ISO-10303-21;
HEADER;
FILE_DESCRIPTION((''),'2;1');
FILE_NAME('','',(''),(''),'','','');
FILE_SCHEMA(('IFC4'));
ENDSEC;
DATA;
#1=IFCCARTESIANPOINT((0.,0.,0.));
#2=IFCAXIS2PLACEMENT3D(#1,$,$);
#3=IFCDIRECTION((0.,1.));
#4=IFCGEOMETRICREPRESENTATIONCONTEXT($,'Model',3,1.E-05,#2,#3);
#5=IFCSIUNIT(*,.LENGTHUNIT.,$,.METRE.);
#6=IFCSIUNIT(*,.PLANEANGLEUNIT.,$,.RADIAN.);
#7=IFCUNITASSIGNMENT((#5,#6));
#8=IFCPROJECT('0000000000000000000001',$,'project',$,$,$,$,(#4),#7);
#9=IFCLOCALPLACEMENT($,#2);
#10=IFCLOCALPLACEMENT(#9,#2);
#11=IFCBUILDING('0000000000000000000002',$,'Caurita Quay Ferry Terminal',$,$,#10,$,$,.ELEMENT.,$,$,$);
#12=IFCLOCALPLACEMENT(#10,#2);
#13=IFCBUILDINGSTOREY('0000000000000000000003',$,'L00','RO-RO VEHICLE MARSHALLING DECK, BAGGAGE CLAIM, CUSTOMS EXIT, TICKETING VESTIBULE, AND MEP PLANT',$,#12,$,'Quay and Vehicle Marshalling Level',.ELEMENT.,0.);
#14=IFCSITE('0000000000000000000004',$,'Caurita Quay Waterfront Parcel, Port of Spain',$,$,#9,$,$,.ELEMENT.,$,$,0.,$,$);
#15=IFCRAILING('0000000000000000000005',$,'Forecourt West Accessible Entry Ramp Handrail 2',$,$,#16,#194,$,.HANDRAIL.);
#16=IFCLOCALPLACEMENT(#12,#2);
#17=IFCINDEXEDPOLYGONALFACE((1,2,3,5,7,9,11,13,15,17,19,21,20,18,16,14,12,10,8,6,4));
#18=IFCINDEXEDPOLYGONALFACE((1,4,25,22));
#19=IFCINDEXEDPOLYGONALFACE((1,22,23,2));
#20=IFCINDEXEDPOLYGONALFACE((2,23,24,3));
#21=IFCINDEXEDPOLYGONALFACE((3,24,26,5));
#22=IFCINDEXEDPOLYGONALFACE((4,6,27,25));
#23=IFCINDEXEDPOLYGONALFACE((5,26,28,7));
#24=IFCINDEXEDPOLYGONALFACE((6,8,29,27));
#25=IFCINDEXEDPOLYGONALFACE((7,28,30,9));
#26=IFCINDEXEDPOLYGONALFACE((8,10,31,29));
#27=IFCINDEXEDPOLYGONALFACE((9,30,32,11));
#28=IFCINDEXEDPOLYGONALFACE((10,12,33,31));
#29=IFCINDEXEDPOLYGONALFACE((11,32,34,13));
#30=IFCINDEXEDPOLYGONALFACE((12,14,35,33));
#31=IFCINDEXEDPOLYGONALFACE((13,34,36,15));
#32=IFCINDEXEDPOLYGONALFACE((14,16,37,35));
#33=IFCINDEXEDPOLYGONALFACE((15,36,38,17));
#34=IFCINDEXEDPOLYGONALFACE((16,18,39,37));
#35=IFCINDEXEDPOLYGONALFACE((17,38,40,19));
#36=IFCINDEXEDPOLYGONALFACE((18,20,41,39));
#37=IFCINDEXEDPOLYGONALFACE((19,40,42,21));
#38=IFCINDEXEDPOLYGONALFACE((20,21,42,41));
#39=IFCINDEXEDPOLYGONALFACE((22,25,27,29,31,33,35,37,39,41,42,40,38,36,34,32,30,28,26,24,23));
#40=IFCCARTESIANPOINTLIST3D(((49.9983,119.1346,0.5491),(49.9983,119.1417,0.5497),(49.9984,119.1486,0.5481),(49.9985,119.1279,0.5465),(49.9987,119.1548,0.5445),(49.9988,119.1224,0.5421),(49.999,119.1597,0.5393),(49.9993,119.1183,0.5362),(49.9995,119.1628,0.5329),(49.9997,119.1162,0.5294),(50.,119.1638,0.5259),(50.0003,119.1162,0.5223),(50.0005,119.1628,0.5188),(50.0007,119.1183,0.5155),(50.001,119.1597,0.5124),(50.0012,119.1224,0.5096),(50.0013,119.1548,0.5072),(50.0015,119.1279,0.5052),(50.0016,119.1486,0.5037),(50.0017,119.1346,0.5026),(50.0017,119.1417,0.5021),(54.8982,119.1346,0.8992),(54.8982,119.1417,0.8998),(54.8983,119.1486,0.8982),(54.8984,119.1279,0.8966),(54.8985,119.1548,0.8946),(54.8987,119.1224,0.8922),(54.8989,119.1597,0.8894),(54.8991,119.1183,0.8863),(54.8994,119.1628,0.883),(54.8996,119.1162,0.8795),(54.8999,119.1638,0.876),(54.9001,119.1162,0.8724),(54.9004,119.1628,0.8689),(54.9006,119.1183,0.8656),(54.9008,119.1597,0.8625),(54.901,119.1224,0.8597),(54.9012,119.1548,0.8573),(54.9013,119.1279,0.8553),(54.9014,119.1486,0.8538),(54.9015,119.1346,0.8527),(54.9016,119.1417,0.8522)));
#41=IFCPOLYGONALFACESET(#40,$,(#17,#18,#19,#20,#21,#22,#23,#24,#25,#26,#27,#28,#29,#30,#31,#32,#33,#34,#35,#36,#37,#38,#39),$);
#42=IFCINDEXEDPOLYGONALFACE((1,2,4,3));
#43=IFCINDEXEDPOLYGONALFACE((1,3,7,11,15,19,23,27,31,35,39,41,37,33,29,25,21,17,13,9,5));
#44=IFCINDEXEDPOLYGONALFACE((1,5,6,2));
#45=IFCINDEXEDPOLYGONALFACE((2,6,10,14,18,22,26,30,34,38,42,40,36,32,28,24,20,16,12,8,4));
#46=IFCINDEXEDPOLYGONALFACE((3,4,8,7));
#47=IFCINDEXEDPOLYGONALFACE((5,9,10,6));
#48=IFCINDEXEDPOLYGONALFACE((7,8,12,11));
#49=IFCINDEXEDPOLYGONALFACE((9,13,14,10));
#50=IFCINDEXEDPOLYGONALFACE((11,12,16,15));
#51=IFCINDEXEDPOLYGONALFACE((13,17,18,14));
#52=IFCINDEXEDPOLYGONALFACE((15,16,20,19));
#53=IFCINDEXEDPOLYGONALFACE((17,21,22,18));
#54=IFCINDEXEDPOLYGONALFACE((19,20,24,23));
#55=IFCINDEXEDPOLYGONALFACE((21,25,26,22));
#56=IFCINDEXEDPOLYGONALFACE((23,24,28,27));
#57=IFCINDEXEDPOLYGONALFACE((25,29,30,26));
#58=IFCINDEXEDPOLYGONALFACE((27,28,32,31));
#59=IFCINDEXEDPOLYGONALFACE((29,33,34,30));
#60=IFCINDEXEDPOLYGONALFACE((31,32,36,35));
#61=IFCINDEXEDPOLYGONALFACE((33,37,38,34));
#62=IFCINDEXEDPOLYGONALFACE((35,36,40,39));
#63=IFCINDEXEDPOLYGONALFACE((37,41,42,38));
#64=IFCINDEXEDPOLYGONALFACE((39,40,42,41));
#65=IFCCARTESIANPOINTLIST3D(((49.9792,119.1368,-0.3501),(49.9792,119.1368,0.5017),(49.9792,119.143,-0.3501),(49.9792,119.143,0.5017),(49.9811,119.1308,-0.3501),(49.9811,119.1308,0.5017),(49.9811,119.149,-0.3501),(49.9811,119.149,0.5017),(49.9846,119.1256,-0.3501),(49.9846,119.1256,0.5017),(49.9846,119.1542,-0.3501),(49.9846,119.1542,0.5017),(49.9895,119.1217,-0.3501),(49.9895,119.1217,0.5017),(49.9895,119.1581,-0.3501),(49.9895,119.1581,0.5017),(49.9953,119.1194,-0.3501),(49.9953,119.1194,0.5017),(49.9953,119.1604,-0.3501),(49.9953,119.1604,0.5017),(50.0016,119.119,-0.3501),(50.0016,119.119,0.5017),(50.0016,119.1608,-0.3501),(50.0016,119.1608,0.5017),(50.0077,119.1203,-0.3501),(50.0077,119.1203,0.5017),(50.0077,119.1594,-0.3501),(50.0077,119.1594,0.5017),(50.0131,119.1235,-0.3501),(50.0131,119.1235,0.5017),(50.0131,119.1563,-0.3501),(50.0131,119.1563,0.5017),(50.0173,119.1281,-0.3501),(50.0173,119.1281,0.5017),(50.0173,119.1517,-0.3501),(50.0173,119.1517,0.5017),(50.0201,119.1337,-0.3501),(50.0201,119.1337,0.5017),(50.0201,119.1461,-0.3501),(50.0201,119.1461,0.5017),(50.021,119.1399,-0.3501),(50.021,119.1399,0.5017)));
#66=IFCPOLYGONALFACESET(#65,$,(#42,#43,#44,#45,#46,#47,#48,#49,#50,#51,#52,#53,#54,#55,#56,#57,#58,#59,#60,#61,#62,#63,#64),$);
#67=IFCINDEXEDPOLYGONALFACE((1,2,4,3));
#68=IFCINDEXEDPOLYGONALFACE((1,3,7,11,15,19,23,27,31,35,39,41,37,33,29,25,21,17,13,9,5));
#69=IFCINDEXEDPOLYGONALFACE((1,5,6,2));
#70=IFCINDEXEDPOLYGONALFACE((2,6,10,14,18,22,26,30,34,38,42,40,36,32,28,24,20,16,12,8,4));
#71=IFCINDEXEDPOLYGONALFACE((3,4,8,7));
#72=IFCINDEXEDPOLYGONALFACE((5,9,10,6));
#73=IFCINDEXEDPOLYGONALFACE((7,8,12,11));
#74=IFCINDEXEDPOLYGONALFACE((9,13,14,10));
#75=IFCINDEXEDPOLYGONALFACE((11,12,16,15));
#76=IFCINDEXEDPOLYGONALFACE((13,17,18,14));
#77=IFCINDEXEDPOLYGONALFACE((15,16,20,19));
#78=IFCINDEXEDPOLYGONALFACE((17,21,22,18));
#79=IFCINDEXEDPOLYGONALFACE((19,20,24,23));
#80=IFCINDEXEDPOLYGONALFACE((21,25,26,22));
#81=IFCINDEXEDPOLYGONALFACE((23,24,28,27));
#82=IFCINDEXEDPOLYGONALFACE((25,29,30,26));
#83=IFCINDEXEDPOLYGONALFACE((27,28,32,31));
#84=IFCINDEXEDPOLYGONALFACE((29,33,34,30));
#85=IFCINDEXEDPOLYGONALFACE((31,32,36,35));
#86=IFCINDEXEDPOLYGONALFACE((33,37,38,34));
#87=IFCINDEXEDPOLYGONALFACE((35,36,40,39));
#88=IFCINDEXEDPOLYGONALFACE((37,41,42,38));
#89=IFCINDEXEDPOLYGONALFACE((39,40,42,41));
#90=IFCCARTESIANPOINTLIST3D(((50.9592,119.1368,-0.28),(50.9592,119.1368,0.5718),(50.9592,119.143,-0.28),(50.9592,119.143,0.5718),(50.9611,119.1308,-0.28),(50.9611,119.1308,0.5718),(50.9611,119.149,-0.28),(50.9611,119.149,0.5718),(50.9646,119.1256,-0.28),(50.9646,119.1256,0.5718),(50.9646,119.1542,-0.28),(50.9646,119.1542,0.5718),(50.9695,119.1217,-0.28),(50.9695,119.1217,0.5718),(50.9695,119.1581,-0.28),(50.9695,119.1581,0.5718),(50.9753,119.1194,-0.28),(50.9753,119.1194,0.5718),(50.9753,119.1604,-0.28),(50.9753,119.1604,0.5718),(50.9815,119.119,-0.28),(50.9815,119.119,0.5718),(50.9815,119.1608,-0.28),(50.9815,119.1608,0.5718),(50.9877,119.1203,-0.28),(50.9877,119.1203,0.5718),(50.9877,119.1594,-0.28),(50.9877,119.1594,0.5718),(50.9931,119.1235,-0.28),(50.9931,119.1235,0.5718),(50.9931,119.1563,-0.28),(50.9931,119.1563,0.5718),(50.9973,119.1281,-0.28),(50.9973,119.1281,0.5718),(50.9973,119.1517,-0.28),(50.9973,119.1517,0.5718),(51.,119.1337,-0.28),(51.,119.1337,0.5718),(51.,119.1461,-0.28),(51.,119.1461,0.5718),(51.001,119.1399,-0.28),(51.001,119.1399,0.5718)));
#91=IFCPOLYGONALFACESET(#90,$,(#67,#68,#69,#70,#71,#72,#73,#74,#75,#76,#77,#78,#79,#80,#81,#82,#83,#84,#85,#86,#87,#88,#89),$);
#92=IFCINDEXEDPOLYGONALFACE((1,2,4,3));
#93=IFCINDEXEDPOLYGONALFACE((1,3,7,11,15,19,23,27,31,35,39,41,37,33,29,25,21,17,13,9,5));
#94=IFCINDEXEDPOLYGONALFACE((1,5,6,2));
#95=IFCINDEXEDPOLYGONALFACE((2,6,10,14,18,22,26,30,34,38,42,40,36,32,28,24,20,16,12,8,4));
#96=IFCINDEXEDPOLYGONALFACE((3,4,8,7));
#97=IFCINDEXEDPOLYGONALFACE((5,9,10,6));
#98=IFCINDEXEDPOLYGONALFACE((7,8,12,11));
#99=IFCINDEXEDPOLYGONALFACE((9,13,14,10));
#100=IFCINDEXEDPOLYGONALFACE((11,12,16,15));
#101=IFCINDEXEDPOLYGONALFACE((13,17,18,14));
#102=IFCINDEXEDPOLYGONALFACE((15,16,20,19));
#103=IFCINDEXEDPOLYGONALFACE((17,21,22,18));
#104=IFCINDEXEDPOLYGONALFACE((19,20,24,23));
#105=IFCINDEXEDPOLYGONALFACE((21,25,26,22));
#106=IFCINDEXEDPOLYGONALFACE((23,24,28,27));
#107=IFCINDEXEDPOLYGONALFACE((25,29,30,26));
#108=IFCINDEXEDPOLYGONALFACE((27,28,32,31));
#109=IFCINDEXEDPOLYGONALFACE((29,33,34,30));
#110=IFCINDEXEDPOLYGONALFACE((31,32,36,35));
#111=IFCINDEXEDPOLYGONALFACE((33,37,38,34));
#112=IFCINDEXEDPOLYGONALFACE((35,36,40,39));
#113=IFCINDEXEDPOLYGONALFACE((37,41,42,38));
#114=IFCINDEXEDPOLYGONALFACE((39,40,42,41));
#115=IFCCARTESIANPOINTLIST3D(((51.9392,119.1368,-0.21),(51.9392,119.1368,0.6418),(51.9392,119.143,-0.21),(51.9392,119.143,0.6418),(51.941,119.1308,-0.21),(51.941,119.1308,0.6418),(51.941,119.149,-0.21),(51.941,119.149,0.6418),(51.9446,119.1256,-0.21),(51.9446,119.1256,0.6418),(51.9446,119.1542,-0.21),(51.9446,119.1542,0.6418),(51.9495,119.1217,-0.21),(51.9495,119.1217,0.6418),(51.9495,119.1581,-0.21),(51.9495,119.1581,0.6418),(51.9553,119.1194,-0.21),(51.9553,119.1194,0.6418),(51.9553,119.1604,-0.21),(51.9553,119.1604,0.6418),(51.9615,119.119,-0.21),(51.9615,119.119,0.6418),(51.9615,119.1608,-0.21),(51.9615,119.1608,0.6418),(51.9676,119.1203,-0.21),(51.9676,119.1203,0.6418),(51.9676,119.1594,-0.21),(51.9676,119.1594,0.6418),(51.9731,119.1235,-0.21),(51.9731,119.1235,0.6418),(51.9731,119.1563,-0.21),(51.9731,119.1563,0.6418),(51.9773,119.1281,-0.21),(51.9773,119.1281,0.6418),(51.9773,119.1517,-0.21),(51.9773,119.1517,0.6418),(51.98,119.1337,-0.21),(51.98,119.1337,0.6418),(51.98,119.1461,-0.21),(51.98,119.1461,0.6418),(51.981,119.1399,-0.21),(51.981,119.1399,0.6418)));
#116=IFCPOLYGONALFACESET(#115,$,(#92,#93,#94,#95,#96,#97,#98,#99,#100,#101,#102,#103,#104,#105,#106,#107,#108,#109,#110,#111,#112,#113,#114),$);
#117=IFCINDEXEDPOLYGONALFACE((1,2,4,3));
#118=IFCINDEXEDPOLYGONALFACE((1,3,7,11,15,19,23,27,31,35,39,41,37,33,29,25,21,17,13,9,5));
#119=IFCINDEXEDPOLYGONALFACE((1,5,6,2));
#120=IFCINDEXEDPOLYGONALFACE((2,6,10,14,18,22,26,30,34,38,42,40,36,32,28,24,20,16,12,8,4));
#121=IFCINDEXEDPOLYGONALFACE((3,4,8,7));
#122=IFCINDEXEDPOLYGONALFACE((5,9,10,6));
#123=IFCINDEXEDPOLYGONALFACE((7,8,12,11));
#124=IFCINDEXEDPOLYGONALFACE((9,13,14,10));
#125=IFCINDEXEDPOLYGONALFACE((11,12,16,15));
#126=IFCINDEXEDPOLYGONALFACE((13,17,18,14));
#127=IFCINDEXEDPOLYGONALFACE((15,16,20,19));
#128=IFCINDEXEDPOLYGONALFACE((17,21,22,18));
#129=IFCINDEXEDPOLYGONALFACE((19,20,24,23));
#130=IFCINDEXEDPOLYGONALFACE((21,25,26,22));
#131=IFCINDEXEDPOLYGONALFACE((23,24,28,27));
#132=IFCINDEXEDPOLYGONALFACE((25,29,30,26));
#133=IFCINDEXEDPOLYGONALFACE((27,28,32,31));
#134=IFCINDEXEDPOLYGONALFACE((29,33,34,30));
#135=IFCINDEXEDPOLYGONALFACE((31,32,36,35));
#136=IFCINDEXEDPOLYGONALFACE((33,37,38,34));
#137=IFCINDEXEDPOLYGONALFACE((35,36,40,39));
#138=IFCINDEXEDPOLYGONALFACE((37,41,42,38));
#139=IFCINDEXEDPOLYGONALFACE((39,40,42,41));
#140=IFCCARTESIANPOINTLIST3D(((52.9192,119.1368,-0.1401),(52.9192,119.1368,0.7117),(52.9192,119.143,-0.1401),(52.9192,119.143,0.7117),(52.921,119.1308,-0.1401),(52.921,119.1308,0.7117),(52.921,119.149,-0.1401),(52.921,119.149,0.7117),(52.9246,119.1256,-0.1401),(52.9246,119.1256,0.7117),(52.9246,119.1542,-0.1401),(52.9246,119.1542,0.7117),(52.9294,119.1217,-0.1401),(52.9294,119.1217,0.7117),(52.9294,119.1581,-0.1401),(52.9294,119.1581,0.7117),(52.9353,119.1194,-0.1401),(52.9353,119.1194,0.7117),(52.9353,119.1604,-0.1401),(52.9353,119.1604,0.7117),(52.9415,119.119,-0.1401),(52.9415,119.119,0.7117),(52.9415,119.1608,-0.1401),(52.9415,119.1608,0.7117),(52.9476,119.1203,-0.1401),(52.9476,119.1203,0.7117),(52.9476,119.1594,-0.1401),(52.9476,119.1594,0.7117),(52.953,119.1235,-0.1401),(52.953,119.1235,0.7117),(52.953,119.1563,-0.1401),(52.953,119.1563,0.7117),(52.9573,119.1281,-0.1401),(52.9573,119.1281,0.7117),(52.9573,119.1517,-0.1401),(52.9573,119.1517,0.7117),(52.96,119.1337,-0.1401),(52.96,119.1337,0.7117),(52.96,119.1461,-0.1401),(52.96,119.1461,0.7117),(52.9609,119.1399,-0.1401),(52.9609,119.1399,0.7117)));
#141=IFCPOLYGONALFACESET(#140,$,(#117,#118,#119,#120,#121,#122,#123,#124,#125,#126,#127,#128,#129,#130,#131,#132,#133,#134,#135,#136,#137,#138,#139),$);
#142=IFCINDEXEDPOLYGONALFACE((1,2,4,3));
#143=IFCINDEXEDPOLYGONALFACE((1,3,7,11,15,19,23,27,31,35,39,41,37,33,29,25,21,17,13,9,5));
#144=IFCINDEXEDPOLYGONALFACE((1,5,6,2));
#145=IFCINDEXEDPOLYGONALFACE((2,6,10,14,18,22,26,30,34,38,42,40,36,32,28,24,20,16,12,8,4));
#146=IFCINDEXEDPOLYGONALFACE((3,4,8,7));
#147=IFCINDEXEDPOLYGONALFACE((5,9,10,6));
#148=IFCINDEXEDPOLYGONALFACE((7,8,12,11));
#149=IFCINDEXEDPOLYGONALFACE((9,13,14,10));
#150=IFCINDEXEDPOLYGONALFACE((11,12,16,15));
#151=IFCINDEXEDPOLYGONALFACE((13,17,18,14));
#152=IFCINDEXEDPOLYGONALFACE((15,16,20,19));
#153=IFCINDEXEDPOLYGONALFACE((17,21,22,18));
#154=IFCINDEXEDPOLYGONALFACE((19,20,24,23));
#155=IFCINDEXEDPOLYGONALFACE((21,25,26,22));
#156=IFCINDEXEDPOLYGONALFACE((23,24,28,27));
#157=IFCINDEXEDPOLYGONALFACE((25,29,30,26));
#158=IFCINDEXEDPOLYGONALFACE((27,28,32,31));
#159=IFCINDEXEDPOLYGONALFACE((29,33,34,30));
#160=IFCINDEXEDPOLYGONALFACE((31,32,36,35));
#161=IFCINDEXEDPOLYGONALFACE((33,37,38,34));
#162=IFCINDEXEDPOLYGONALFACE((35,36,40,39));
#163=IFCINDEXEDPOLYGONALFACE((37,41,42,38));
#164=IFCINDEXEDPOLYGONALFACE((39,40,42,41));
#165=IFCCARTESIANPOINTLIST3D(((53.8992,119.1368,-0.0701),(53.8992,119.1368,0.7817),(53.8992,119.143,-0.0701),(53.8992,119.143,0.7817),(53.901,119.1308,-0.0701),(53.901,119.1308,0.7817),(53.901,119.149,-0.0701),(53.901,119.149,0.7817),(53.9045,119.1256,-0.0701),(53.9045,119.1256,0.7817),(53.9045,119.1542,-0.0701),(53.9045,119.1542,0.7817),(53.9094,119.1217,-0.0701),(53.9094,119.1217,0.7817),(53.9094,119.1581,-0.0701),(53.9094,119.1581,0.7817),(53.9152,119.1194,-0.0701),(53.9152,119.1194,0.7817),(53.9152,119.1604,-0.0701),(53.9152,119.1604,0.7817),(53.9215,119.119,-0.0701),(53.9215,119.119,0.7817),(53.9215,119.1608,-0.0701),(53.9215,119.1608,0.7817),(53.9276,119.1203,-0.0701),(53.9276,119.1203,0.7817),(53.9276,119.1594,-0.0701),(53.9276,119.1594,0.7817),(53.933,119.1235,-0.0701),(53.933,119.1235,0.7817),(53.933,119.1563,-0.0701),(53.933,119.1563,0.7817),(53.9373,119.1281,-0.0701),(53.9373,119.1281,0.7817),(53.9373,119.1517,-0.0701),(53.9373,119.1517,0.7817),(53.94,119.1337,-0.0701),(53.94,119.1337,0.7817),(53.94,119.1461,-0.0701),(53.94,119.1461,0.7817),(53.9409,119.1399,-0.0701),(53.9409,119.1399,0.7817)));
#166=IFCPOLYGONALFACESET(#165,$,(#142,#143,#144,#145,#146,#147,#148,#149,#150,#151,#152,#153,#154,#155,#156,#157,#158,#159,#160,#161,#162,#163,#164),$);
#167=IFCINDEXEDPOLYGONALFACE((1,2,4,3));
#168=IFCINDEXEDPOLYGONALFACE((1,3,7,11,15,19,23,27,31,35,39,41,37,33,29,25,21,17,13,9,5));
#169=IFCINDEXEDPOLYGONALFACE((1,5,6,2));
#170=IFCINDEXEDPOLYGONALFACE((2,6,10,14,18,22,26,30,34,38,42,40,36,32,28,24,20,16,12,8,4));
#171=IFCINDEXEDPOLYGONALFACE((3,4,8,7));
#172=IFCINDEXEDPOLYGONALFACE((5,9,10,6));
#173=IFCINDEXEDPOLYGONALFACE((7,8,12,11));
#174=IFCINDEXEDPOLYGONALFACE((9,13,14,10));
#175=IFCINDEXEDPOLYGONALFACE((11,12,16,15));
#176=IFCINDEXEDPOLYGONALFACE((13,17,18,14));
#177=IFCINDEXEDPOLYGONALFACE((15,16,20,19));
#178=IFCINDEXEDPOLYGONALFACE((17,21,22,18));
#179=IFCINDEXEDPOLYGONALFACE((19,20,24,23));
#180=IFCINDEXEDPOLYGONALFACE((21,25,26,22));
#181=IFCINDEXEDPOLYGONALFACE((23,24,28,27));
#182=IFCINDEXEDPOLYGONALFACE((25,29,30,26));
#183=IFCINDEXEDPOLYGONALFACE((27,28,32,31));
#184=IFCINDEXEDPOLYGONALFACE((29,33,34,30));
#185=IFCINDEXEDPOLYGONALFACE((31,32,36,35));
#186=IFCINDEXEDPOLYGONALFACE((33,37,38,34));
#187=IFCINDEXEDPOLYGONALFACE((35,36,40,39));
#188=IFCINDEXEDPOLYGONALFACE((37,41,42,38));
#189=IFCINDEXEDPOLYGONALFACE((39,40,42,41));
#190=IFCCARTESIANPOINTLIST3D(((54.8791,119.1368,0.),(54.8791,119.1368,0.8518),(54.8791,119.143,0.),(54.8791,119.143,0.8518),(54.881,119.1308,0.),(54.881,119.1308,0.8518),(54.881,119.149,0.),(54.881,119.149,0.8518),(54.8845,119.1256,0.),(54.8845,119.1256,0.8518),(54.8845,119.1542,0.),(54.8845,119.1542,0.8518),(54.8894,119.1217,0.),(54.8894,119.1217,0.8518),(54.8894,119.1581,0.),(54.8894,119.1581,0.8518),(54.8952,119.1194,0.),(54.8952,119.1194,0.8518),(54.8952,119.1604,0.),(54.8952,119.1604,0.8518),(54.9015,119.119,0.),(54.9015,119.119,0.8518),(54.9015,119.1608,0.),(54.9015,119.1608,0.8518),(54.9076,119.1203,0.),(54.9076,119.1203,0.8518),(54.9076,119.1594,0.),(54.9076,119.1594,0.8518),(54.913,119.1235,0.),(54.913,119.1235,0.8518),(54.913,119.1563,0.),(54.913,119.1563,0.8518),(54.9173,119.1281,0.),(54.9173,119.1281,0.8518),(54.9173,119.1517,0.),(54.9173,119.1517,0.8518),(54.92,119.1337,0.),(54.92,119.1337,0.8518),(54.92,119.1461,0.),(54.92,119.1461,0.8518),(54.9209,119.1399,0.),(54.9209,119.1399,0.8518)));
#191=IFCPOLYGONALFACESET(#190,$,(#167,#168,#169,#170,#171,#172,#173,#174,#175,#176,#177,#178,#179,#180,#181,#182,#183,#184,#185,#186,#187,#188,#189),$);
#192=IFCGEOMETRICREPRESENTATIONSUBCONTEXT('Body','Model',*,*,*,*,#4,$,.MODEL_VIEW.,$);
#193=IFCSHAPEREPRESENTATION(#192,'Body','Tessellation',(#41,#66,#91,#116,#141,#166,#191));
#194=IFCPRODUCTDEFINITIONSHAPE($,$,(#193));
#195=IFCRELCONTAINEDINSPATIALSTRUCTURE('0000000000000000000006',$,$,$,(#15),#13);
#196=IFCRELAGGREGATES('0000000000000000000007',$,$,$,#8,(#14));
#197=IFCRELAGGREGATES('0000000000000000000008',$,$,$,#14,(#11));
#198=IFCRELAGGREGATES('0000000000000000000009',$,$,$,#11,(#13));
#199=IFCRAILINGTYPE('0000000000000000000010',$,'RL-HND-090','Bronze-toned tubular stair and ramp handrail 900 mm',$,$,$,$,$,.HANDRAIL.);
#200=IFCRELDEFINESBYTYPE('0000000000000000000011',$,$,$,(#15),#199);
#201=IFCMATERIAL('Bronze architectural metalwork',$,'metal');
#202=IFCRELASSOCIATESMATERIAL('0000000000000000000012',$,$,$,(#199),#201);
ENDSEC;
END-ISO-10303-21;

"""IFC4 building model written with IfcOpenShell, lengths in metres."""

from ifc_helpers import new_model, si_unit, direction, frame, origin, origin_2d, place, context, subcontext, project, spatial, circle, extrude, material, type_object, element, save


model = new_model("IFC4")

# Units and contexts
model_context = context("Model", 3, precision=1e-05, world=origin(), true_north=direction((0.0, 1.0)))
body_context = subcontext(model_context, "Body", "Model", "MODEL_VIEW")
ifc_project = project(units=[si_unit("LENGTHUNIT", "METRE"), si_unit("PLANEANGLEUNIT", "RADIAN")], contexts=[model_context])

# Site, building, storey
site_placement = place(None, origin())
site = spatial("IfcSite", under=ifc_project, at=site_placement, Name="Caurita Quay Waterfront Parcel, Port of Spain", CompositionType="ELEMENT", RefElevation=0.0)
building_placement = place(site_placement, origin())
building = spatial("IfcBuilding", under=site, at=building_placement, Name="Caurita Quay Ferry Terminal", CompositionType="ELEMENT")
storey_placement = place(building_placement, origin())
storey = spatial("IfcBuildingStorey", under=building, at=storey_placement, Name="L00", Description="RO-RO VEHICLE MARSHALLING DECK, BAGGAGE CLAIM, CUSTOMS EXIT, TICKETING VESTIBULE, AND MEP PLANT", LongName="Quay and Vehicle Marshalling Level", CompositionType="ELEMENT", Elevation=0.0)

# Railing
ifc_material_1 = material(Name="Bronze architectural metalwork", Category="metal")
railing_type = type_object("IfcRailingType", Name="RL-HND-090", Description="Bronze-toned tubular stair and ramp handrail 900 mm", PredefinedType="HANDRAIL", material=ifc_material_1)
for number, where, name in (
    (1, (50.0, 119.1399, -0.3501), "Forecourt West Accessible Entry Ramp Handrail 2"),
):
    element("IfcRailing", number, at=place(storey_placement, frame(where)), inside=storey, type_object=railing_type, Name=name, PredefinedType="HANDRAIL", context=body_context, shape_type="SweptSolid", body=[
        extrude(circle(Radius=0.0239, at=origin_2d()), frame((0.0, 0.0, 0.876), z_axis=(0.997457, 0.0, 0.071268), x_axis=(0.0, 1.0, 0.0)), (0.0, 0.0, 1.0), 4.9124),
        extrude(circle(Radius=0.021, at=origin_2d()), origin(), (0.0, 0.0, 1.0), 0.8518),
        extrude(circle(Radius=0.021, at=origin_2d()), frame((0.98, 0.0, 0.0701)), (0.0, 0.0, 1.0), 0.8518),
        extrude(circle(Radius=0.021, at=origin_2d()), frame((1.96, 0.0, 0.1401)), (0.0, 0.0, 1.0), 0.8518),
        extrude(circle(Radius=0.021, at=origin_2d()), frame((2.9399, 0.0, 0.21)), (0.0, 0.0, 1.0), 0.8518),
        extrude(circle(Radius=0.021, at=origin_2d()), frame((3.9199, 0.0, 0.28)), (0.0, 0.0, 1.0), 0.8518),
        extrude(circle(Radius=0.021, at=origin_2d()), frame((4.8999, 0.0, 0.3501)), (0.0, 0.0, 1.0), 0.8518),
    ])

save(model, "model.ifc")
